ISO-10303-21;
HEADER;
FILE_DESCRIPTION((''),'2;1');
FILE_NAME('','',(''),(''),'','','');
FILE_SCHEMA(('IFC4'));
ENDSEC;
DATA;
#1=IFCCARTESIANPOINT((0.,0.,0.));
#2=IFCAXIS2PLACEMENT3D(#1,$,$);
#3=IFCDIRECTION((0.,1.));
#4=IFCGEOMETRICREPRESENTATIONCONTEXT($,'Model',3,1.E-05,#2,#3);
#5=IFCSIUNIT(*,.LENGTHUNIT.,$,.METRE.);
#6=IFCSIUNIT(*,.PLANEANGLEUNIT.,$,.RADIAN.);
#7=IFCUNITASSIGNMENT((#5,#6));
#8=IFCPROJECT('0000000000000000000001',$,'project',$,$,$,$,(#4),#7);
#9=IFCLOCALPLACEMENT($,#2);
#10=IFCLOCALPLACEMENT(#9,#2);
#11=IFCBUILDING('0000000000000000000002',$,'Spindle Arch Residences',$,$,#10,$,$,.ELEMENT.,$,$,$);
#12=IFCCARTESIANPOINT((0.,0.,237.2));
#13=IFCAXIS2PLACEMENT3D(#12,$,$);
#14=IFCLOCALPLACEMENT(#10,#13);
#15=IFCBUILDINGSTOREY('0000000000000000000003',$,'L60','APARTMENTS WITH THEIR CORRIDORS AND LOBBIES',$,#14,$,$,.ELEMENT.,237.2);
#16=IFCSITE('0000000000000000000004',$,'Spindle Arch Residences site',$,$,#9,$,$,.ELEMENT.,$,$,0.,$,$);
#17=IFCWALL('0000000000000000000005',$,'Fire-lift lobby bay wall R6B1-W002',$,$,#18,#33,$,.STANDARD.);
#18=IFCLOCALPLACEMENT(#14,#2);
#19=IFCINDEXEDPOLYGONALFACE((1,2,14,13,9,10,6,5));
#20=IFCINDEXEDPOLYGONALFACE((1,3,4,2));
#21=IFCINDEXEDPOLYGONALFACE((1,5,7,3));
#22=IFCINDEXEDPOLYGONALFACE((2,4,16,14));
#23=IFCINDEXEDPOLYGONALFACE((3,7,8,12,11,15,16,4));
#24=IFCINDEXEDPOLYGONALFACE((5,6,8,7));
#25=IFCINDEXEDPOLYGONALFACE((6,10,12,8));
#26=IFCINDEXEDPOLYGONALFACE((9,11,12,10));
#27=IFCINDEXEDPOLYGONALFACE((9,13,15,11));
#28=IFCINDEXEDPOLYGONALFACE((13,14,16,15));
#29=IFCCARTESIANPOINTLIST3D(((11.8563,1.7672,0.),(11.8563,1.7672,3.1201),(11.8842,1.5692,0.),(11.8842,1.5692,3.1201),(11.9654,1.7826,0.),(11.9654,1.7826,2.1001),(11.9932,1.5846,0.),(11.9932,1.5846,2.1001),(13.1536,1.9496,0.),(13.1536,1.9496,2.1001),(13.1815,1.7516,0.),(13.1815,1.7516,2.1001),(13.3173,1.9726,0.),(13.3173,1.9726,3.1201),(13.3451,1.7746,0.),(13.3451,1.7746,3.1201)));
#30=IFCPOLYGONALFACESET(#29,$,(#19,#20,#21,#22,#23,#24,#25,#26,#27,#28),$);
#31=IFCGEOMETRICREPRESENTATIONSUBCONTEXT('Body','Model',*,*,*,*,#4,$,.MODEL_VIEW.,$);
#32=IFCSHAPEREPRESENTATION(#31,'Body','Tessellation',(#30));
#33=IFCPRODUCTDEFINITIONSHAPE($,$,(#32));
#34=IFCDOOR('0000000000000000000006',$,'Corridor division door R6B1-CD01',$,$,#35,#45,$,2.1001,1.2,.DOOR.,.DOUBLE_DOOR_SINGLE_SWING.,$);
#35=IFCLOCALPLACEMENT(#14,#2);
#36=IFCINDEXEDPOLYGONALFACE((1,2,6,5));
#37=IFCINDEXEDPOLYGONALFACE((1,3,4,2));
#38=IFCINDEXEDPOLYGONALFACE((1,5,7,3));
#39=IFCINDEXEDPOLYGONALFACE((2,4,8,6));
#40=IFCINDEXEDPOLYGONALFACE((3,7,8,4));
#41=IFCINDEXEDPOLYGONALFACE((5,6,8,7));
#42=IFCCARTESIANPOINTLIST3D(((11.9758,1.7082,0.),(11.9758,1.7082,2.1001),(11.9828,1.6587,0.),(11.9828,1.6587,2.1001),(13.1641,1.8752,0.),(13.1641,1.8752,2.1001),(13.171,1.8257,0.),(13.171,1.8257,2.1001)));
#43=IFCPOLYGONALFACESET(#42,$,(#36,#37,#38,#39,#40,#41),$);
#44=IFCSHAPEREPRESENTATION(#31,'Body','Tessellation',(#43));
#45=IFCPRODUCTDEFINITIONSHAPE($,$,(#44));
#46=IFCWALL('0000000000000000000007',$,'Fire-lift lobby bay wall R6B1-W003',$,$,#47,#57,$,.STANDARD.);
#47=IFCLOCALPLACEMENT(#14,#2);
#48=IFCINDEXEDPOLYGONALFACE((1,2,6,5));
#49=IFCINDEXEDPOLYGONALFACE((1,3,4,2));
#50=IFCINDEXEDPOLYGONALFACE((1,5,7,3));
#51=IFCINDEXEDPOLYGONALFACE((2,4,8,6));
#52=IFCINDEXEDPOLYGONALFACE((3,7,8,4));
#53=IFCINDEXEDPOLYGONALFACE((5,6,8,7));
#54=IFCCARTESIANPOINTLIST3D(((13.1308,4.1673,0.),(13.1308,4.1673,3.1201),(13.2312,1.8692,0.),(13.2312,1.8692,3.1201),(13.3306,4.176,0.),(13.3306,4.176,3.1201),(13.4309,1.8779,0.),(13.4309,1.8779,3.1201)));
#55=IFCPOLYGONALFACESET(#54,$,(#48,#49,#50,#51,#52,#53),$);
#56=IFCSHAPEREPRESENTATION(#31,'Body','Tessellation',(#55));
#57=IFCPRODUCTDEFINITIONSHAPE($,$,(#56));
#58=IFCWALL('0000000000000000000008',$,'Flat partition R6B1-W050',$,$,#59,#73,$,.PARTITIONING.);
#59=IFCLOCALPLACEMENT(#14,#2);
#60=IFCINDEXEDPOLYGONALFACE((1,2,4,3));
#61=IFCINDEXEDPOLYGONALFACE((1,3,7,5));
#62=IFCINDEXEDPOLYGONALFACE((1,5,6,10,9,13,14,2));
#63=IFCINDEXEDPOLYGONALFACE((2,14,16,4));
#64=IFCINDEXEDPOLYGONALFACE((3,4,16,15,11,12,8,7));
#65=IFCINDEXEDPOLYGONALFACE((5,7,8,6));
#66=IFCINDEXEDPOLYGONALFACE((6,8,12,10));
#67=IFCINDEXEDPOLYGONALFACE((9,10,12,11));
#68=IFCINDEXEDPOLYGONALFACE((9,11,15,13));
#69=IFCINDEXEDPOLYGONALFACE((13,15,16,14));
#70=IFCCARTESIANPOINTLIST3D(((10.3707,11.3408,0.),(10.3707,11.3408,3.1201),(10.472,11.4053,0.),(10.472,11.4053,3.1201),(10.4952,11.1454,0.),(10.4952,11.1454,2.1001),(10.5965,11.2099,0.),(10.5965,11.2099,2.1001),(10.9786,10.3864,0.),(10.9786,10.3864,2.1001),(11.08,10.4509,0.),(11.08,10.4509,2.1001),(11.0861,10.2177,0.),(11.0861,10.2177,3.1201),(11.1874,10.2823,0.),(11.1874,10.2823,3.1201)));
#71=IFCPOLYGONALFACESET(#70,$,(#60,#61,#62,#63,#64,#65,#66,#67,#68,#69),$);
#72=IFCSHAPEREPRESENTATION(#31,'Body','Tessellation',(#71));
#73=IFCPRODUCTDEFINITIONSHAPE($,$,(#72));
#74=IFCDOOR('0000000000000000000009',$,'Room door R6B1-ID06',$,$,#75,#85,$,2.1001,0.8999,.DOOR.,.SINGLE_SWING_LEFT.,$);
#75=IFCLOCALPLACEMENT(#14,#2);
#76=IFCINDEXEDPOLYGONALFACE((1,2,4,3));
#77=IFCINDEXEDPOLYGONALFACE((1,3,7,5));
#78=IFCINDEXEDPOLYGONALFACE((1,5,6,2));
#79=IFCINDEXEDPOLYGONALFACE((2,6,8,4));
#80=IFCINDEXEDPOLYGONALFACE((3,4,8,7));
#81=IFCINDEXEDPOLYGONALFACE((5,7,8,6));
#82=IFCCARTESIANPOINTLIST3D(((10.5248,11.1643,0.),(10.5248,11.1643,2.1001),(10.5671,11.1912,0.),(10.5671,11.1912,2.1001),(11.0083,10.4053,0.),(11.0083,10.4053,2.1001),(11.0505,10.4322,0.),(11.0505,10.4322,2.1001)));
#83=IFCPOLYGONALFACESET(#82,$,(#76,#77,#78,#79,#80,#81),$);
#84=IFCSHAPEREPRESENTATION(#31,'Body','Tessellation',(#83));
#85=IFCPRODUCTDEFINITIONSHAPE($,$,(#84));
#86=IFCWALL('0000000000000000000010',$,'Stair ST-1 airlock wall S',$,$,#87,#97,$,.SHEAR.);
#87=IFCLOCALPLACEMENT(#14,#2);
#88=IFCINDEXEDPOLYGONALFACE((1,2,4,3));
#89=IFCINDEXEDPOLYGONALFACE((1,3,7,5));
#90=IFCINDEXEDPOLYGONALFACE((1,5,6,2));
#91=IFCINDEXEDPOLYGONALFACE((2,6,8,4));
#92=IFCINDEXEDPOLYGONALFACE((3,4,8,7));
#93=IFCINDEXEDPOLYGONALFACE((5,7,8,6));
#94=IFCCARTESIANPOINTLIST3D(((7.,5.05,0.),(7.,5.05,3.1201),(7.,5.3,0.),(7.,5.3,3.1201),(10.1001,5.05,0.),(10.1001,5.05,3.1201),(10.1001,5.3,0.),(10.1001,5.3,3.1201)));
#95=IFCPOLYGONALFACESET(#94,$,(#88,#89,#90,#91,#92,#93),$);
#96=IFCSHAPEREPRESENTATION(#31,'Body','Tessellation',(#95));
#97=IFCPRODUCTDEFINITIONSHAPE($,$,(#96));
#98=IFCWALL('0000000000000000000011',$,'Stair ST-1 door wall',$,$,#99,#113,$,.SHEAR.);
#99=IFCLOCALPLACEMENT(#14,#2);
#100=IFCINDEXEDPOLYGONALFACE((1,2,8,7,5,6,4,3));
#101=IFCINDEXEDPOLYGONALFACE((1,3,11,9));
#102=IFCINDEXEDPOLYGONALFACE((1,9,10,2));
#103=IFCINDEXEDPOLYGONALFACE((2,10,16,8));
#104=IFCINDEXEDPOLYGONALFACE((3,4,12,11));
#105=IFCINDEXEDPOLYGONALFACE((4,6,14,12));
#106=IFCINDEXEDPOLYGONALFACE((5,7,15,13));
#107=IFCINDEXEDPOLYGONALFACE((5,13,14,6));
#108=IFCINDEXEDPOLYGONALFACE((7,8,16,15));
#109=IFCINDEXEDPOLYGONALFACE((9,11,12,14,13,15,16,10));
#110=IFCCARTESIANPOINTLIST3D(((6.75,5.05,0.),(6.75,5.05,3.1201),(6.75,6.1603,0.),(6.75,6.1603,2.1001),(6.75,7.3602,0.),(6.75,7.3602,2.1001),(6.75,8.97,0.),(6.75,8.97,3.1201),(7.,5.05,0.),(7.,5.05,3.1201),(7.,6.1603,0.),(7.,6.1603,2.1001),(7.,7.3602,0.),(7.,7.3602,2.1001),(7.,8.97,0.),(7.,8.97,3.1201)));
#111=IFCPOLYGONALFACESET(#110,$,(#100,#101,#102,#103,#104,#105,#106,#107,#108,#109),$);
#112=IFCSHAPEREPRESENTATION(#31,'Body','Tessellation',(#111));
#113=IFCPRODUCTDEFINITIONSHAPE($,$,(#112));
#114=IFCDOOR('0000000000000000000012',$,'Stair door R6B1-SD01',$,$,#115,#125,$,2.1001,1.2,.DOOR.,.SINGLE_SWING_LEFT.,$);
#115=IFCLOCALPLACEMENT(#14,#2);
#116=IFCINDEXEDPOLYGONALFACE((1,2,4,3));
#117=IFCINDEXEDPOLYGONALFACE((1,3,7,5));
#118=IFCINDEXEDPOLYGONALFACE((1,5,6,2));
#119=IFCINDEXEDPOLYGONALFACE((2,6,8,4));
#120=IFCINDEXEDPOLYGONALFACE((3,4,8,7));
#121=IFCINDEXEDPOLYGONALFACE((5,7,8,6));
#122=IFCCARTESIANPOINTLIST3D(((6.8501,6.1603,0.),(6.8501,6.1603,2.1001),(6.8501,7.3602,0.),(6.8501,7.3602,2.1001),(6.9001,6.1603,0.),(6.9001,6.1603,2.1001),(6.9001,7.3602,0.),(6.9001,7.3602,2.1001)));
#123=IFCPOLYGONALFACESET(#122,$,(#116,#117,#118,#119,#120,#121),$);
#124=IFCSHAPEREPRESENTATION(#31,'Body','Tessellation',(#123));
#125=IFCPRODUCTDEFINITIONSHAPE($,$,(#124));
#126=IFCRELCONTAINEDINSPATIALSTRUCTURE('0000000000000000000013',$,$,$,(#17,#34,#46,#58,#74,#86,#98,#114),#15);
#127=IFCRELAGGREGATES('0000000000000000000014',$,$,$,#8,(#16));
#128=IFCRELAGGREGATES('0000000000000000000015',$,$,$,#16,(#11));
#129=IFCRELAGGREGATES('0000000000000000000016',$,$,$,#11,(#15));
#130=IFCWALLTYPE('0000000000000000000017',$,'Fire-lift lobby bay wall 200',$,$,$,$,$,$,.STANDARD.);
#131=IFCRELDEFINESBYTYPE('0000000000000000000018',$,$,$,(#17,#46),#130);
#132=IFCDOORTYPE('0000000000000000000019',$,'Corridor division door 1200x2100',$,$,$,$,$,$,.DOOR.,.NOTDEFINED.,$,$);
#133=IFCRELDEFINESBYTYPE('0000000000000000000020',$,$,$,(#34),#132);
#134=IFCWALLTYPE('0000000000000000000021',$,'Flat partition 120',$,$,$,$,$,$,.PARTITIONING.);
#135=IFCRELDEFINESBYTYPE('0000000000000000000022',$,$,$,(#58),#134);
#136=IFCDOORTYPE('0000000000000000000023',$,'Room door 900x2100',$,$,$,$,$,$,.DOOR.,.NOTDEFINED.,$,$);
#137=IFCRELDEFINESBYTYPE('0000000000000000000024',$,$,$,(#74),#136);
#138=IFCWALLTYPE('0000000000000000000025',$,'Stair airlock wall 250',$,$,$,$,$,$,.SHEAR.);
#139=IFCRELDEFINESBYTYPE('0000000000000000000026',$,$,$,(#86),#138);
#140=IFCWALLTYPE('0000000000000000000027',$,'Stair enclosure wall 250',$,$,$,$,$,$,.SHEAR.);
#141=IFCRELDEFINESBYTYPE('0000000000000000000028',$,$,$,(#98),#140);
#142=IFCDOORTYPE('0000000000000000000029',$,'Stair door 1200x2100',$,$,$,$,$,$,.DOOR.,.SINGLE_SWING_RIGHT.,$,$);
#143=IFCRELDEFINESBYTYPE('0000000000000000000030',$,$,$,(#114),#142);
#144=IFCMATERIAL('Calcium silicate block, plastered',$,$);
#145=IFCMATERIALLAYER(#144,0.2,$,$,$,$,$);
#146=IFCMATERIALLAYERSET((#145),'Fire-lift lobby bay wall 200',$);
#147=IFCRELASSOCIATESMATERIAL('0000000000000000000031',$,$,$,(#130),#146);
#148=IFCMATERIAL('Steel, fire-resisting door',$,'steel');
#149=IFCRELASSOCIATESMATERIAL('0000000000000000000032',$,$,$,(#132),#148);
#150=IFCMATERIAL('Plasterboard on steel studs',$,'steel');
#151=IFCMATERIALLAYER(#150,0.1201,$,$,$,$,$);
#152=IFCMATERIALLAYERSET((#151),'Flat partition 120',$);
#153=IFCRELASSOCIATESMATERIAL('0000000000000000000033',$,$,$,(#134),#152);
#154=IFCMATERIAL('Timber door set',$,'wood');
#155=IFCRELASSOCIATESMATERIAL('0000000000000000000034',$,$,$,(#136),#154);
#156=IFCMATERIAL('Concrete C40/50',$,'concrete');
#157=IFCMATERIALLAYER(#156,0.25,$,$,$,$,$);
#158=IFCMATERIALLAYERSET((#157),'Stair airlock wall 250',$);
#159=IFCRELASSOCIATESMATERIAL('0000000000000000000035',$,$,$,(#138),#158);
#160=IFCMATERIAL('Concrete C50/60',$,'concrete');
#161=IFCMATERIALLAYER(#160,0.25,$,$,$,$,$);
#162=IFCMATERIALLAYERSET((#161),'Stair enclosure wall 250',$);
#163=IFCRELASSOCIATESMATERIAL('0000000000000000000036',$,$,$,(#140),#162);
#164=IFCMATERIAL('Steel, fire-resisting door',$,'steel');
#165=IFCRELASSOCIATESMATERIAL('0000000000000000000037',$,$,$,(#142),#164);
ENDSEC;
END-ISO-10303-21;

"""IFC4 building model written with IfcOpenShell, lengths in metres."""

from ifc_helpers import new_model, si_unit, direction, frame, frame_2d, origin, place, context, subcontext, project, spatial, rectangle, extrude, material, layer, layer_set, type_object, element, fill, save


model = new_model("IFC4")

# Units and contexts
model_context = context("Model", 3, precision=1e-05, world=origin(), true_north=direction((0.0, 1.0)))
body_context = subcontext(model_context, "Body", "Model", "MODEL_VIEW")
ifc_project = project(units=[si_unit("LENGTHUNIT", "METRE"), si_unit("PLANEANGLEUNIT", "RADIAN")], contexts=[model_context])

# Site, building, storey
site_placement = place(None, origin())
site = spatial("IfcSite", under=ifc_project, at=site_placement, Name="Spindle Arch Residences site", CompositionType="ELEMENT", RefElevation=0.0)
building_placement = place(site_placement, origin())
building = spatial("IfcBuilding", under=site, at=building_placement, Name="Spindle Arch Residences", CompositionType="ELEMENT")
storey_placement = place(building_placement, frame((0.0, 0.0, 237.2)))
storey = spatial("IfcBuildingStorey", under=building, at=storey_placement, Name="L60", Description="APARTMENTS WITH THEIR CORRIDORS AND LOBBIES", CompositionType="ELEMENT", Elevation=237.2)

# Shared definitions
ifc_material_1 = material(Name="Calcium silicate block, plastered")
ifc_layer_1 = layer(ifc_material_1, 0.2)
ifc_layer_set_1 = layer_set([ifc_layer_1], Name="Fire-lift lobby bay wall 200")
wall_type_1 = type_object("IfcWallType", Name="Fire-lift lobby bay wall 200", PredefinedType="STANDARD", material=ifc_layer_set_1)

# Wall, opening, door
wall_1_placement = place(storey_placement, frame((11.8701, 1.6682, 0.0), z_axis=(0.0, 0.0, 1.0), x_axis=(0.990268, 0.139174, 0.0)))
wall_1 = element("IfcWall", 1, at=wall_1_placement, inside=storey, type_object=wall_type_1, Name="Fire-lift lobby bay wall R6B1-W002", PredefinedType="STANDARD", context=body_context, shape_type="SweptSolid", body=[
    extrude(rectangle(XDim=1.4753, YDim=0.2, at=frame_2d((0.7378, 0.0))), origin(), (0.0, 0.0, 1.0), 3.1201),
])
opening_1_placement = place(wall_1_placement, frame((0.1101, 0.0, 0.0)))
opening_1 = element("IfcOpeningElement", 2, at=opening_1_placement, cuts=wall_1, PredefinedType="OPENING", context=body_context, shape_type="SweptSolid", body=[
    extrude(rectangle(XDim=1.2, YDim=2.1001, at=frame_2d((0.6001, 1.05))), frame((0.0, 0.1099, 0.0), z_axis=(0.0, -1.0, 0.0), x_axis=(1.0, 0.0, 0.0)), (0.0, 0.0, 1.0), 0.22),
])
ifc_material_2 = material(Name="Steel, fire-resisting door", Category="steel")
door_type_1 = type_object("IfcDoorType", Name="Corridor division door 1200x2100", OperationType="NOTDEFINED", PredefinedType="DOOR", material=ifc_material_2)
door_1_placement = place(opening_1_placement, origin())
door_1 = element("IfcDoor", 3, at=door_1_placement, inside=storey, type_object=door_type_1, Name="Corridor division door R6B1-CD01", OperationType="DOUBLE_DOOR_SINGLE_SWING", OverallHeight=2.1001, OverallWidth=1.2, PredefinedType="DOOR", context=body_context, shape_type="SweptSolid", body=[
    extrude(rectangle(XDim=1.2, YDim=2.1001, at=frame_2d((0.6001, 1.05))), frame((0.0, 0.0249, 0.0), z_axis=(0.0, -1.0, 0.0), x_axis=(1.0, 0.0, 0.0)), (0.0, 0.0, 1.0), 0.05),
])
fill(opening_1, door_1)

# Wall
wall_2_placement = place(storey_placement, frame((13.3311, 1.8735, 0.0), z_axis=(0.0, 0.0, 1.0), x_axis=(-0.043621, 0.999048, 0.0)))
element("IfcWall", 4, at=wall_2_placement, inside=storey, type_object=wall_type_1, Name="Fire-lift lobby bay wall R6B1-W003", PredefinedType="STANDARD", context=body_context, shape_type="SweptSolid", body=[
    extrude(rectangle(XDim=2.3003, YDim=0.2, at=frame_2d((1.1501, 0.0))), origin(), (0.0, 0.0, 1.0), 3.1201),
])

# Wall, opening, door
ifc_material_3 = material(Name="Plasterboard on steel studs", Category="steel")
ifc_layer_2 = layer(ifc_material_3, 0.1201)
ifc_layer_set_2 = layer_set([ifc_layer_2], Name="Flat partition 120")
wall_type_2 = type_object("IfcWallType", Name="Flat partition 120", PredefinedType="PARTITIONING", material=ifc_layer_set_2)
wall_3_placement = place(storey_placement, frame((11.1367, 10.25, 0.0), z_axis=(0.0, 0.0, 1.0), x_axis=(-0.537231, 0.843435, 0.0)))
wall_3 = element("IfcWall", 5, at=wall_3_placement, inside=storey, type_object=wall_type_2, Name="Flat partition R6B1-W050", PredefinedType="PARTITIONING", context=body_context, shape_type="SweptSolid", body=[
    extrude(rectangle(XDim=1.3315, YDim=0.1201, at=frame_2d((0.6658, 0.0))), origin(), (0.0, 0.0, 1.0), 3.1201),
])
opening_2_placement = place(wall_3_placement, frame((0.2, 0.0, 0.0)))
opening_2 = element("IfcOpeningElement", 6, at=opening_2_placement, cuts=wall_3, PredefinedType="OPENING", context=body_context, shape_type="SweptSolid", body=[
    extrude(rectangle(XDim=0.8999, YDim=2.1001, at=frame_2d((0.45, 1.05))), frame((0.0, 0.0701, 0.0), z_axis=(0.0, -1.0, 0.0), x_axis=(1.0, 0.0, 0.0)), (0.0, 0.0, 1.0), 0.1401),
])
ifc_material_4 = material(Name="Timber door set", Category="wood")
door_type_2 = type_object("IfcDoorType", Name="Room door 900x2100", OperationType="NOTDEFINED", PredefinedType="DOOR", material=ifc_material_4)
door_2_placement = place(opening_2_placement, origin())
door_2 = element("IfcDoor", 7, at=door_2_placement, inside=storey, type_object=door_type_2, Name="Room door R6B1-ID06", OperationType="SINGLE_SWING_LEFT", OverallHeight=2.1001, OverallWidth=0.8999, PredefinedType="DOOR", context=body_context, shape_type="SweptSolid", body=[
    extrude(rectangle(XDim=0.8999, YDim=2.1001, at=frame_2d((0.45, 1.05))), frame((0.0, 0.0249, 0.0), z_axis=(0.0, -1.0, 0.0), x_axis=(1.0, 0.0, 0.0)), (0.0, 0.0, 1.0), 0.05),
])
fill(opening_2, door_2)

# Wall
ifc_material_5 = material(Name="Concrete C40/50", Category="concrete")
ifc_layer_3 = layer(ifc_material_5, 0.25)
ifc_layer_set_3 = layer_set([ifc_layer_3], Name="Stair airlock wall 250")
wall_type_3 = type_object("IfcWallType", Name="Stair airlock wall 250", PredefinedType="SHEAR", material=ifc_layer_set_3)
wall_4_placement = place(storey_placement, frame((7.0, 5.175, 0.0), z_axis=(0.0, 0.0, 1.0), x_axis=(1.0, 0.0, 0.0)))
element("IfcWall", 8, at=wall_4_placement, inside=storey, type_object=wall_type_3, Name="Stair ST-1 airlock wall S", PredefinedType="SHEAR", context=body_context, shape_type="SweptSolid", body=[
    extrude(rectangle(XDim=3.1001, YDim=0.25, at=frame_2d((1.55, 0.0))), origin(), (0.0, 0.0, 1.0), 3.1201),
])

# Wall, opening, door
ifc_material_6 = material(Name="Concrete C50/60", Category="concrete")
ifc_layer_4 = layer(ifc_material_6, 0.25)
ifc_layer_set_4 = layer_set([ifc_layer_4], Name="Stair enclosure wall 250")
wall_type_4 = type_object("IfcWallType", Name="Stair enclosure wall 250", PredefinedType="SHEAR", material=ifc_layer_set_4)
wall_5_placement = place(storey_placement, frame((6.875, 5.05, 0.0), z_axis=(0.0, 0.0, 1.0), x_axis=(0.0, 1.0, 0.0)))
wall_5 = element("IfcWall", 9, at=wall_5_placement, inside=storey, type_object=wall_type_4, Name="Stair ST-1 door wall", PredefinedType="SHEAR", context=body_context, shape_type="SweptSolid", body=[
    extrude(rectangle(XDim=3.9199, YDim=0.25, at=frame_2d((1.96, 0.0))), origin(), (0.0, 0.0, 1.0), 3.1201),
])
opening_3_placement = place(wall_5_placement, frame((1.1101, 0.0, 0.0)))
opening_3 = element("IfcOpeningElement", 10, at=opening_3_placement, cuts=wall_5, PredefinedType="OPENING", context=body_context, shape_type="SweptSolid", body=[
    extrude(rectangle(XDim=1.2, YDim=2.1001, at=frame_2d((0.6001, 1.05))), frame((0.0, 0.135, 0.0), z_axis=(0.0, -1.0, 0.0), x_axis=(1.0, 0.0, 0.0)), (0.0, 0.0, 1.0), 0.27),
])
ifc_material_7 = material(Name="Steel, fire-resisting door", Category="steel")
door_type_3 = type_object("IfcDoorType", Name="Stair door 1200x2100", OperationType="SINGLE_SWING_RIGHT", PredefinedType="DOOR", material=ifc_material_7)
door_3_placement = place(opening_3_placement, origin())
door_3 = element("IfcDoor", 11, at=door_3_placement, inside=storey, type_object=door_type_3, Name="Stair door R6B1-SD01", OperationType="SINGLE_SWING_LEFT", OverallHeight=2.1001, OverallWidth=1.2, PredefinedType="DOOR", context=body_context, shape_type="SweptSolid", body=[
    extrude(rectangle(XDim=1.2, YDim=2.1001, at=frame_2d((0.6001, 1.05))), frame((0.0, 0.0249, 0.0), z_axis=(0.0, -1.0, 0.0), x_axis=(1.0, 0.0, 0.0)), (0.0, 0.0, 1.0), 0.05),
])
fill(opening_3, door_3)

save(model, "model.ifc")
